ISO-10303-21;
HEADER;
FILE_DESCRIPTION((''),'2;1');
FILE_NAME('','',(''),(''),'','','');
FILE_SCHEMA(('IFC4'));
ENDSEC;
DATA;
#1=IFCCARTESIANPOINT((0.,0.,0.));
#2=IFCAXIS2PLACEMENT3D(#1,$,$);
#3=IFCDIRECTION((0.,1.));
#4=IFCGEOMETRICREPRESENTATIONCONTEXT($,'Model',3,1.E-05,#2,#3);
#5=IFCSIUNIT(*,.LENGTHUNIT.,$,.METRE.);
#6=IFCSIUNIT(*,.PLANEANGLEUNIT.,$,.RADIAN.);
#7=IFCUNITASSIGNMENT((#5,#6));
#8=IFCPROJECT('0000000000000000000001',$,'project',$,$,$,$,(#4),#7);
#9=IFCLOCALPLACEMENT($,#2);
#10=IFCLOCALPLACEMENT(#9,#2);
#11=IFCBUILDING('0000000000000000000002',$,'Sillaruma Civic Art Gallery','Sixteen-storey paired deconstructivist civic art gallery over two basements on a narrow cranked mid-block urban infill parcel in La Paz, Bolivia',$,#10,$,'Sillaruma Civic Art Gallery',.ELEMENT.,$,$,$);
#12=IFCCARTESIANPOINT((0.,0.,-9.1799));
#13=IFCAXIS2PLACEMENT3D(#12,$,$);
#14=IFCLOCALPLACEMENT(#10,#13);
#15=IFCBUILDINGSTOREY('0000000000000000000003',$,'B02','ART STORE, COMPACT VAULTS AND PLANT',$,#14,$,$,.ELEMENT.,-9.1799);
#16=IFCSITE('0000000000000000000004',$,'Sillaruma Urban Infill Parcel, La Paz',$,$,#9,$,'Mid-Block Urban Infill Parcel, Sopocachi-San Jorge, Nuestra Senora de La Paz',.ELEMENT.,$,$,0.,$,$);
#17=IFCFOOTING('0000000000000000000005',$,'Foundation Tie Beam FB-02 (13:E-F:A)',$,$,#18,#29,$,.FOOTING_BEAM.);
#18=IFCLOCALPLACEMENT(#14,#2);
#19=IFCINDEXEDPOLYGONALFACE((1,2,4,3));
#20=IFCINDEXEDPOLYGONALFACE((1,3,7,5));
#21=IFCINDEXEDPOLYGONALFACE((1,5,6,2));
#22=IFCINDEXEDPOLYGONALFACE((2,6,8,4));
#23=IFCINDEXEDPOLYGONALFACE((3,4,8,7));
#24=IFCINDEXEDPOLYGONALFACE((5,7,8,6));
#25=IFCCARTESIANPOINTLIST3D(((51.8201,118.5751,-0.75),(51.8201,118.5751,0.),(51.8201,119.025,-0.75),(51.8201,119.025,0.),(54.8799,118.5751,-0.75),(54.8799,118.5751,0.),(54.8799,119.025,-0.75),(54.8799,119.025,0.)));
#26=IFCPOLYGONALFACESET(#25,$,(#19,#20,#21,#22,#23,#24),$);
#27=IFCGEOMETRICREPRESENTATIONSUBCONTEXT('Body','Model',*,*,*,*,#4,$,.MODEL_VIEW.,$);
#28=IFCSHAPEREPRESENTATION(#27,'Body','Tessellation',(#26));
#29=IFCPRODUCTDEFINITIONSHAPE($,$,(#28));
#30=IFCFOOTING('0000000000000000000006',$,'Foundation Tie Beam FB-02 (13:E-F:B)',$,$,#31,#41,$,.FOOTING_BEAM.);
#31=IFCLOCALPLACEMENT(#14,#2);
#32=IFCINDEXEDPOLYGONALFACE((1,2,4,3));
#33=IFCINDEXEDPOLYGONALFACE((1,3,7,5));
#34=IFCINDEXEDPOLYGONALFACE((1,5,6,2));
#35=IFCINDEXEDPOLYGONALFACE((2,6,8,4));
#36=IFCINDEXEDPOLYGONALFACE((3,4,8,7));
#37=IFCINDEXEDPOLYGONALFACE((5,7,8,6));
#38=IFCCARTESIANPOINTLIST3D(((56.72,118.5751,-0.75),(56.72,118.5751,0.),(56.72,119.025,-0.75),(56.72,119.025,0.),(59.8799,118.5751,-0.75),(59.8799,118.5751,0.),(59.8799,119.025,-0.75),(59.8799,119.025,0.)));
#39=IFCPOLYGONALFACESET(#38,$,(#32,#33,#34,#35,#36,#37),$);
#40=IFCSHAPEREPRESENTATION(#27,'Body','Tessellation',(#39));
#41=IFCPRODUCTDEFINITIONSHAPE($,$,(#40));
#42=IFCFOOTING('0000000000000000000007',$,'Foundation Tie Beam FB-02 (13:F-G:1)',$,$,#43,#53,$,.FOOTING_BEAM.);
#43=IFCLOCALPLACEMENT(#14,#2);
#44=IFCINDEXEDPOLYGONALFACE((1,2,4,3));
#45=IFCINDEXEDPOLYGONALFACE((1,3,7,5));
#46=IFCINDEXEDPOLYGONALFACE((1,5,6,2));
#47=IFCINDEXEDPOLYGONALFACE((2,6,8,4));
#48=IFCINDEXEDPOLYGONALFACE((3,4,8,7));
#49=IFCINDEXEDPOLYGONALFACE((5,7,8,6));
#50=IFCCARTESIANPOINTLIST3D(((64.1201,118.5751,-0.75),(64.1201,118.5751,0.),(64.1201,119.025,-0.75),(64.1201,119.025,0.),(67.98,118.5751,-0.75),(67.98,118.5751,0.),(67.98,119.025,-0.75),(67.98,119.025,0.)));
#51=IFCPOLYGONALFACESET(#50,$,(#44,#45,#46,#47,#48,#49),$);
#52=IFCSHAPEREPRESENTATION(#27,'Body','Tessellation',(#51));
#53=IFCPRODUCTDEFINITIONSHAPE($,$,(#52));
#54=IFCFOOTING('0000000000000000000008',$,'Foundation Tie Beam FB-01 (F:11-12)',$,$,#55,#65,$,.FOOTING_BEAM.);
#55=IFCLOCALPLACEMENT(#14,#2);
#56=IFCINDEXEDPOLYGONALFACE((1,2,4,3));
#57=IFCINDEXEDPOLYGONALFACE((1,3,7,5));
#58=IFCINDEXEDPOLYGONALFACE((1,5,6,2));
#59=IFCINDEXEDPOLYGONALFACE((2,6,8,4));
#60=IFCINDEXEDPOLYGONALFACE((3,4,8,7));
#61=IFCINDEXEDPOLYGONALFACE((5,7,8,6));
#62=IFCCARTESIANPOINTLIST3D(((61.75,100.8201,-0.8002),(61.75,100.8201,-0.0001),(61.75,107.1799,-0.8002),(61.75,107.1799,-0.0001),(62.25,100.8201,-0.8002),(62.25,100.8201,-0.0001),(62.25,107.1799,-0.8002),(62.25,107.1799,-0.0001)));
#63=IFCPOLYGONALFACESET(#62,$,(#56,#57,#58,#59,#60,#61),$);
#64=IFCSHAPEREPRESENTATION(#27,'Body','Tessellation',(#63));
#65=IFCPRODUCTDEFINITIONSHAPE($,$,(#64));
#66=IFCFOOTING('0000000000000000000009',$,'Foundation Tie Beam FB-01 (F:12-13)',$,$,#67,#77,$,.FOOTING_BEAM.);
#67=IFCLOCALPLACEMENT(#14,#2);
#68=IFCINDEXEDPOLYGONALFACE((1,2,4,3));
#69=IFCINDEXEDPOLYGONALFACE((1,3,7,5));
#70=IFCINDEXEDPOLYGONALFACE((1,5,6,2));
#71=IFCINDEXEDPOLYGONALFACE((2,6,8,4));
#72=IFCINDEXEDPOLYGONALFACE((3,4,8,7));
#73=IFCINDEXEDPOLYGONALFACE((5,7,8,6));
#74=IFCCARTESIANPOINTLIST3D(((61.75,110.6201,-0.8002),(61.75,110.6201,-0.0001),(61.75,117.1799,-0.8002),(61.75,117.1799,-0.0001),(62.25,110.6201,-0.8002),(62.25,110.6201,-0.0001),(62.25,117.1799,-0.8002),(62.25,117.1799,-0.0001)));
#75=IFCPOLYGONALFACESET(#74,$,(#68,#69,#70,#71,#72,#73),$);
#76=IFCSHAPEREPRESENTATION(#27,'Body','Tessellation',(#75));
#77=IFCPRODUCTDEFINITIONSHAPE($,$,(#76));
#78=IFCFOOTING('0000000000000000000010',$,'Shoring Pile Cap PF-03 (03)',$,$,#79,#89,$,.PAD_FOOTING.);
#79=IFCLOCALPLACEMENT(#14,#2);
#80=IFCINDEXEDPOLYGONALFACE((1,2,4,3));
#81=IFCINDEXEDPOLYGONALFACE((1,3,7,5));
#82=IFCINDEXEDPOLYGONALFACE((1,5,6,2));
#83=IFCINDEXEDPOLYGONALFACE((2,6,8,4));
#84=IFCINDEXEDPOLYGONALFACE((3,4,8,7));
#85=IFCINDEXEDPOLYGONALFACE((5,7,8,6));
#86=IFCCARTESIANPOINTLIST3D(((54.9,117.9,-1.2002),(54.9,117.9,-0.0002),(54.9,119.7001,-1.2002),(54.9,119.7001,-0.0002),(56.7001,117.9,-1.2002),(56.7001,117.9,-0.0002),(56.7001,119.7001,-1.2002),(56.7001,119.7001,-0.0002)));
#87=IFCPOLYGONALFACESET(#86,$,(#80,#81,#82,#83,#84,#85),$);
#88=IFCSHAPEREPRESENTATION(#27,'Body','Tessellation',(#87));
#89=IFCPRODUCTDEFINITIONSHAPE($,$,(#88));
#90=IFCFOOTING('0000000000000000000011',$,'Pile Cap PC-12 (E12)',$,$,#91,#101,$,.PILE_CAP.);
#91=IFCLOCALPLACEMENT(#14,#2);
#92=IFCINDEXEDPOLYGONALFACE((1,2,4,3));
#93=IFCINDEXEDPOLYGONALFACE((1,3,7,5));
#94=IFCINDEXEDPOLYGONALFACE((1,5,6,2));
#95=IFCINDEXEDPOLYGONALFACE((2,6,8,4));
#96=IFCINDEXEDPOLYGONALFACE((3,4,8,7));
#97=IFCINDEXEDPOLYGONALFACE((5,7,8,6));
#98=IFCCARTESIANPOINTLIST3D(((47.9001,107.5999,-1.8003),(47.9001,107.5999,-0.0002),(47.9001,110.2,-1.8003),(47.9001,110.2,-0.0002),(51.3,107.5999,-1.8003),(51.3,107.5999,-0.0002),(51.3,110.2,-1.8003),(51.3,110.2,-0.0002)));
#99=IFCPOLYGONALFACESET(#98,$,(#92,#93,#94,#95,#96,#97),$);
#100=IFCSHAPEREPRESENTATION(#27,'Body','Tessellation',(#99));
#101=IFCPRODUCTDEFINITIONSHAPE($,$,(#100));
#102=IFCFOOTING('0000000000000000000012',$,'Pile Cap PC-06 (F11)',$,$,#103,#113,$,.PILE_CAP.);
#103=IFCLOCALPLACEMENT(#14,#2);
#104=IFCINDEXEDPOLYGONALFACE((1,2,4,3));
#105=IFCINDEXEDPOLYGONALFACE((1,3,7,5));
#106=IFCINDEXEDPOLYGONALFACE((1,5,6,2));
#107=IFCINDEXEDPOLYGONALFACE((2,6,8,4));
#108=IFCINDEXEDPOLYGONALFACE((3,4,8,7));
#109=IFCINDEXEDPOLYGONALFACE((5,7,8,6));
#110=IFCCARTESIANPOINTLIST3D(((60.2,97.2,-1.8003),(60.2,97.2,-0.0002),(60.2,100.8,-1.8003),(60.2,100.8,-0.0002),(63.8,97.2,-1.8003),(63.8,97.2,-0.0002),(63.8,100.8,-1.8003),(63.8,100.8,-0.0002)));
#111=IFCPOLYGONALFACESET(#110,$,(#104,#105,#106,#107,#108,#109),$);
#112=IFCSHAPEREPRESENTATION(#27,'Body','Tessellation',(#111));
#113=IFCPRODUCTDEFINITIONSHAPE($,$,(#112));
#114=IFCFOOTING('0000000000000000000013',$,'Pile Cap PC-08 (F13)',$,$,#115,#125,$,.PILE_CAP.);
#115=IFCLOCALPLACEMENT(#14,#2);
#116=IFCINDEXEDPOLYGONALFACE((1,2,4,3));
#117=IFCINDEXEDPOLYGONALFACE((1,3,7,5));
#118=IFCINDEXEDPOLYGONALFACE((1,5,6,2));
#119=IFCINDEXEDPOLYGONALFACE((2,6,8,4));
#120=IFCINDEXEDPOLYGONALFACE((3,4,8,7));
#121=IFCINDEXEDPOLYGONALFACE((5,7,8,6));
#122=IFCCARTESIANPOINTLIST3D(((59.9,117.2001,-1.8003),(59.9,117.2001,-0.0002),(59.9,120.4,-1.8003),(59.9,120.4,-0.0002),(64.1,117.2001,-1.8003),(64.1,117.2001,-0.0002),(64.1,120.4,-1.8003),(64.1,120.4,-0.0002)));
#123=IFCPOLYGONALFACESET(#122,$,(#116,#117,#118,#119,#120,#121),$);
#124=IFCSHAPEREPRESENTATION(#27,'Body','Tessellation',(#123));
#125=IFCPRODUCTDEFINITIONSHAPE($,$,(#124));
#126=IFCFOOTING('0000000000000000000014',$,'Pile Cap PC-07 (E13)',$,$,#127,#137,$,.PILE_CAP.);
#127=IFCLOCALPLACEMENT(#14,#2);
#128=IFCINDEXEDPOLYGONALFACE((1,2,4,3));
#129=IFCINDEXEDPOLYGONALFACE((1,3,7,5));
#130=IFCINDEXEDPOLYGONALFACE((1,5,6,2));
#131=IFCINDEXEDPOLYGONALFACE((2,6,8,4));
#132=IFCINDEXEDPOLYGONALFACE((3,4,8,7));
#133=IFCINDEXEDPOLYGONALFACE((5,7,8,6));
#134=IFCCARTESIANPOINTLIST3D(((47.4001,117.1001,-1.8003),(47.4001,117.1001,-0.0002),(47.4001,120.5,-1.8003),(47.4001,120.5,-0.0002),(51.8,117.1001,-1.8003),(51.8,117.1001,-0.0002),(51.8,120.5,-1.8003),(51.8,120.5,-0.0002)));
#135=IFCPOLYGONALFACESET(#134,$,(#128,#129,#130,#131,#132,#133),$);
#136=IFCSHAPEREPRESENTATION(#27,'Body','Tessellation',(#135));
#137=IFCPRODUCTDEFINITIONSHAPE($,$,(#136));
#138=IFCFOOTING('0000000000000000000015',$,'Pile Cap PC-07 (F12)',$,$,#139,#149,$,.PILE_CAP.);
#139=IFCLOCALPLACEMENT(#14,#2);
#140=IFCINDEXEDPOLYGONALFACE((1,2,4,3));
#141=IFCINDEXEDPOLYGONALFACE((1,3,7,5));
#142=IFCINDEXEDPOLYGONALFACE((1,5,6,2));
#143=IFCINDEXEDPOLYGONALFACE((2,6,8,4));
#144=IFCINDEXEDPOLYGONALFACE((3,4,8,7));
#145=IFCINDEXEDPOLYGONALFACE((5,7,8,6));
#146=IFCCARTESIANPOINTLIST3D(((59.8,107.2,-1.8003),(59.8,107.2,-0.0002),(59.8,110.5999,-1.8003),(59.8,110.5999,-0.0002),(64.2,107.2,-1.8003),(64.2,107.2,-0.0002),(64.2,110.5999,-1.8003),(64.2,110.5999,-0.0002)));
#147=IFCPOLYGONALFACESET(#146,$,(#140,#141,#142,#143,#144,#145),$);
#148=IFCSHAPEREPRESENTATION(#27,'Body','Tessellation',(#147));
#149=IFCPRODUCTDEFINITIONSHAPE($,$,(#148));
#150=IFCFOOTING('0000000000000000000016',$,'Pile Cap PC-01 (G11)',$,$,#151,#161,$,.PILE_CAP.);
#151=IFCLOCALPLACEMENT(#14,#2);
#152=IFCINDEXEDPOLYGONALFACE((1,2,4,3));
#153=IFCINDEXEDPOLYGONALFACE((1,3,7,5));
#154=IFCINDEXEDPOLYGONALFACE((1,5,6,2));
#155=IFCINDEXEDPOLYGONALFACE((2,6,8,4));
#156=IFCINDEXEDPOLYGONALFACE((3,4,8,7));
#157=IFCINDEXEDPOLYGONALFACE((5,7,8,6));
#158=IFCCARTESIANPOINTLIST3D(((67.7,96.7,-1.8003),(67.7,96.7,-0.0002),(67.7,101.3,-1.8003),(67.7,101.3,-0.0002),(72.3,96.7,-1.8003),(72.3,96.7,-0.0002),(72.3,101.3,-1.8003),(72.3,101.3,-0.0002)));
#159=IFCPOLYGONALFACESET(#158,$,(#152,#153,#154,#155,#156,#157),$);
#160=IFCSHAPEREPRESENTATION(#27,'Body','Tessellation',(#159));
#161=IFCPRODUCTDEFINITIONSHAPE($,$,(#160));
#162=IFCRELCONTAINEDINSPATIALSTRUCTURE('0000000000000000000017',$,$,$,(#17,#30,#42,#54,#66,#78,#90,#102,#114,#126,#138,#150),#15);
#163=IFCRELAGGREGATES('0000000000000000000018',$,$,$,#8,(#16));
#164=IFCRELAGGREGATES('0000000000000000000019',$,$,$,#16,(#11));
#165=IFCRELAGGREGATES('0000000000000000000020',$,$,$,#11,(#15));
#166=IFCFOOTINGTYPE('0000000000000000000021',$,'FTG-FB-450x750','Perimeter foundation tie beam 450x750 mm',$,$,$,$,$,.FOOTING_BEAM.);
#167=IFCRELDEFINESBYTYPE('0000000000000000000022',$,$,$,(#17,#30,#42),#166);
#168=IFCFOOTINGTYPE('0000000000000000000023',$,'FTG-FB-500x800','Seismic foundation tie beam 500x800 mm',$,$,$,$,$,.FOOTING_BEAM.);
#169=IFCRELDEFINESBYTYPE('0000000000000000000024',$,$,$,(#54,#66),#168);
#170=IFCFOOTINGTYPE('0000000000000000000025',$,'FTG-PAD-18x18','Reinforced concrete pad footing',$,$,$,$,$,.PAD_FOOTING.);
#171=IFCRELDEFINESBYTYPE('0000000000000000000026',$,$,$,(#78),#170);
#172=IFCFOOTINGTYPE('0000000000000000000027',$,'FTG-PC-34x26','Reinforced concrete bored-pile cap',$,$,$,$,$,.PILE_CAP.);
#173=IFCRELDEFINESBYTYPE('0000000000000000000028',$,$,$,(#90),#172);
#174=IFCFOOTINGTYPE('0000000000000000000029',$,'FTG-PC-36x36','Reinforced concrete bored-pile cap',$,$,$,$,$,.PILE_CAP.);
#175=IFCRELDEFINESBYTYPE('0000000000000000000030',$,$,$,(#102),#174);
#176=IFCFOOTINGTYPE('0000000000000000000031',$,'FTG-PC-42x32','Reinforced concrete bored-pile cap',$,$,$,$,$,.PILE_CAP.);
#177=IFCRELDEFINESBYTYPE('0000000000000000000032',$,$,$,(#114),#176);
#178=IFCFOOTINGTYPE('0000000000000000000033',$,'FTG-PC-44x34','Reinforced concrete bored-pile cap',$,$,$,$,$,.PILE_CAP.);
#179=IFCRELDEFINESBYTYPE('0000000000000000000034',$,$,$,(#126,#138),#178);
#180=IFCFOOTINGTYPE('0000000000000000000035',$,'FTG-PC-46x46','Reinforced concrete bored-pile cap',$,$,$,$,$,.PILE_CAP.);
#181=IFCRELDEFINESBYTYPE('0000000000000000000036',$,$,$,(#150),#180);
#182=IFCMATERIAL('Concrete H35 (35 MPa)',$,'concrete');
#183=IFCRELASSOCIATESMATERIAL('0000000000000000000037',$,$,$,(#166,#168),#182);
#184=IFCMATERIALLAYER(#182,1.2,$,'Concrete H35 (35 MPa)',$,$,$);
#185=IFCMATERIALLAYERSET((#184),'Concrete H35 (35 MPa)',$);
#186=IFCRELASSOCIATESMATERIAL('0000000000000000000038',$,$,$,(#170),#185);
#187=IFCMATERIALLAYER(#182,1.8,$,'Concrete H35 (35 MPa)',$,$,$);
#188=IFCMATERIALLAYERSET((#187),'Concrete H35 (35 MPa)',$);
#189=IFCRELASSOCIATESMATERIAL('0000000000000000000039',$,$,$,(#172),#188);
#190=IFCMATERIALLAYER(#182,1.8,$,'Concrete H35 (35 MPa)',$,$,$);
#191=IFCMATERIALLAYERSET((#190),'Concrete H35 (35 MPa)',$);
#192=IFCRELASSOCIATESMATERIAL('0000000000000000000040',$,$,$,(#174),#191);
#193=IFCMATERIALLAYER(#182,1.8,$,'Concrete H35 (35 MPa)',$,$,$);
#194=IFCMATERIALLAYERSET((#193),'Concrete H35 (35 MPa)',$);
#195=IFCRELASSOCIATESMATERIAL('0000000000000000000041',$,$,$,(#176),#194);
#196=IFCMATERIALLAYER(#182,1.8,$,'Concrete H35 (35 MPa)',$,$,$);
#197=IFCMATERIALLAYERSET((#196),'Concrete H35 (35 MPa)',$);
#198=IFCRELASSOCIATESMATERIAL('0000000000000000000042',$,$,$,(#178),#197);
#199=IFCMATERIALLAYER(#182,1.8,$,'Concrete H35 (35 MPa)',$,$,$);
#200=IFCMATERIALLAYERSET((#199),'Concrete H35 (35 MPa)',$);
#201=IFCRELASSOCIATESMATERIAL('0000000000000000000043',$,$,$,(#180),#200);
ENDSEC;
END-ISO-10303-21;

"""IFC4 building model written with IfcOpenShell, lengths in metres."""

from ifc_helpers import new_model, si_unit, direction, frame, origin, origin_2d, place, context, subcontext, project, spatial, rectangle, extrude, material, layer, layer_set, material_profile, profile_set, type_object, element, save


model = new_model("IFC4")

# Units and contexts
model_context = context("Model", 3, precision=1e-05, world=origin(), true_north=direction((0.0, 1.0)))
body_context = subcontext(model_context, "Body", "Model", "MODEL_VIEW")
ifc_project = project(units=[si_unit("LENGTHUNIT", "METRE"), si_unit("PLANEANGLEUNIT", "RADIAN")], contexts=[model_context])

# Site, building, storey
site_placement = place(None, origin())
site = spatial("IfcSite", under=ifc_project, at=site_placement, Name="Sillaruma Urban Infill Parcel, La Paz", LongName="Mid-Block Urban Infill Parcel, Sopocachi-San Jorge, Nuestra Senora de La Paz", CompositionType="ELEMENT", RefElevation=0.0)
building_placement = place(site_placement, origin())
building = spatial("IfcBuilding", under=site, at=building_placement, Name="Sillaruma Civic Art Gallery", Description="Sixteen-storey paired deconstructivist civic art gallery over two basements on a narrow cranked mid-block urban infill parcel in La Paz, Bolivia", LongName="Sillaruma Civic Art Gallery", CompositionType="ELEMENT")
storey_placement = place(building_placement, frame((0.0, 0.0, -9.1799)))
storey = spatial("IfcBuildingStorey", under=building, at=storey_placement, Name="B02", Description="ART STORE, COMPACT VAULTS AND PLANT", CompositionType="ELEMENT", Elevation=-9.1799)

# Footings
ifc_material_1 = material(Name="Concrete H35 (35 MPa)", Category="concrete")
ifc_material_profile_1 = material_profile(ifc_material_1, rectangle(XDim=0.45, YDim=0.75, at=origin_2d()), Name="RCB450x750")
ifc_profile_set_1 = profile_set([ifc_material_profile_1], Name="Concrete H35 (35 MPa)")
footing_type_1 = type_object("IfcFootingType", Name="FTG-FB-450x750", Description="Perimeter foundation tie beam 450x750 mm", PredefinedType="FOOTING_BEAM", material=ifc_profile_set_1)
footing_1_placement = place(storey_placement, frame((51.8201, 118.8, -0.375), z_axis=(1.0, 0.0, 0.0), x_axis=(0.0, 1.0, 0.0)))
element("IfcFooting", 1, at=footing_1_placement, inside=storey, type_object=footing_type_1, Name="Foundation Tie Beam FB-02 (13:E-F:A)", PredefinedType="FOOTING_BEAM", context=body_context, shape_type="SweptSolid", body=[
    extrude(rectangle(XDim=0.45, YDim=0.75, at=origin_2d()), origin(), (0.0, 0.0, 1.0), 3.0598),
])
footing_2_placement = place(storey_placement, frame((56.72, 118.8, -0.375), z_axis=(1.0, 0.0, 0.0), x_axis=(0.0, 1.0, 0.0)))
element("IfcFooting", 2, at=footing_2_placement, inside=storey, type_object=footing_type_1, Name="Foundation Tie Beam FB-02 (13:E-F:B)", PredefinedType="FOOTING_BEAM", context=body_context, shape_type="SweptSolid", body=[
    extrude(rectangle(XDim=0.45, YDim=0.75, at=origin_2d()), origin(), (0.0, 0.0, 1.0), 3.1599),
])
footing_3_placement = place(storey_placement, frame((64.1201, 118.8, -0.375), z_axis=(1.0, 0.0, 0.0), x_axis=(0.0, 1.0, 0.0)))
element("IfcFooting", 3, at=footing_3_placement, inside=storey, type_object=footing_type_1, Name="Foundation Tie Beam FB-02 (13:F-G:1)", PredefinedType="FOOTING_BEAM", context=body_context, shape_type="SweptSolid", body=[
    extrude(rectangle(XDim=0.45, YDim=0.75, at=origin_2d()), origin(), (0.0, 0.0, 1.0), 3.8599),
])
ifc_material_profile_2 = material_profile(ifc_material_1, rectangle(XDim=0.5, YDim=0.8, at=origin_2d()), Name="RCB500x800")
ifc_profile_set_2 = profile_set([ifc_material_profile_2], Name="Concrete H35 (35 MPa)")
footing_type_2 = type_object("IfcFootingType", Name="FTG-FB-500x800", Description="Seismic foundation tie beam 500x800 mm", PredefinedType="FOOTING_BEAM", material=ifc_profile_set_2)
footing_4_placement = place(storey_placement, frame((62.0, 100.8201, -0.4001), z_axis=(0.0, 1.0, 0.0), x_axis=(-1.0, 0.0, 0.0)))
element("IfcFooting", 4, at=footing_4_placement, inside=storey, type_object=footing_type_2, Name="Foundation Tie Beam FB-01 (F:11-12)", PredefinedType="FOOTING_BEAM", context=body_context, shape_type="SweptSolid", body=[
    extrude(rectangle(XDim=0.5, YDim=0.8, at=origin_2d()), origin(), (0.0, 0.0, 1.0), 6.3599),
])
footing_5_placement = place(storey_placement, frame((62.0, 110.6201, -0.4001), z_axis=(0.0, 1.0, 0.0), x_axis=(-1.0, 0.0, 0.0)))
element("IfcFooting", 5, at=footing_5_placement, inside=storey, type_object=footing_type_2, Name="Foundation Tie Beam FB-01 (F:12-13)", PredefinedType="FOOTING_BEAM", context=body_context, shape_type="SweptSolid", body=[
    extrude(rectangle(XDim=0.5, YDim=0.8, at=origin_2d()), origin(), (0.0, 0.0, 1.0), 6.5598),
])
ifc_layer_1 = layer(ifc_material_1, 1.2, Name="Concrete H35 (35 MPa)")
ifc_layer_set_1 = layer_set([ifc_layer_1], Name="Concrete H35 (35 MPa)")
footing_type_3 = type_object("IfcFootingType", Name="FTG-PAD-18x18", Description="Reinforced concrete pad footing", PredefinedType="PAD_FOOTING", material=ifc_layer_set_1)
footing_6_placement = place(storey_placement, frame((55.8, 118.8, -1.2002), z_axis=(0.0, 0.0, 1.0), x_axis=(1.0, 0.0, 0.0)))
element("IfcFooting", 6, at=footing_6_placement, inside=storey, type_object=footing_type_3, Name="Shoring Pile Cap PF-03 (03)", PredefinedType="PAD_FOOTING", context=body_context, shape_type="SweptSolid", body=[
    extrude(rectangle(XDim=1.8, YDim=1.8, at=origin_2d()), origin(), (0.0, 0.0, 1.0), 1.2),
])
ifc_layer_2 = layer(ifc_material_1, 1.8, Name="Concrete H35 (35 MPa)")
ifc_layer_set_2 = layer_set([ifc_layer_2], Name="Concrete H35 (35 MPa)")
footing_type_4 = type_object("IfcFootingType", Name="FTG-PC-34x26", Description="Reinforced concrete bored-pile cap", PredefinedType="PILE_CAP", material=ifc_layer_set_2)
footing_7_placement = place(storey_placement, frame((49.6001, 108.8999, -1.8003), z_axis=(0.0, 0.0, 1.0), x_axis=(1.0, 0.0, 0.0)))
element("IfcFooting", 7, at=footing_7_placement, inside=storey, type_object=footing_type_4, Name="Pile Cap PC-12 (E12)", PredefinedType="PILE_CAP", context=body_context, shape_type="SweptSolid", body=[
    extrude(rectangle(XDim=3.3999, YDim=2.6001, at=origin_2d()), origin(), (0.0, 0.0, 1.0), 1.8),
])
ifc_layer_3 = layer(ifc_material_1, 1.8, Name="Concrete H35 (35 MPa)")
ifc_layer_set_3 = layer_set([ifc_layer_3], Name="Concrete H35 (35 MPa)")
footing_type_5 = type_object("IfcFootingType", Name="FTG-PC-36x36", Description="Reinforced concrete bored-pile cap", PredefinedType="PILE_CAP", material=ifc_layer_set_3)
footing_8_placement = place(storey_placement, frame((62.0, 99.0, -1.8003), z_axis=(0.0, 0.0, 1.0), x_axis=(1.0, 0.0, 0.0)))
element("IfcFooting", 8, at=footing_8_placement, inside=storey, type_object=footing_type_5, Name="Pile Cap PC-06 (F11)", PredefinedType="PILE_CAP", context=body_context, shape_type="SweptSolid", body=[
    extrude(rectangle(XDim=3.6001, YDim=3.6001, at=origin_2d()), origin(), (0.0, 0.0, 1.0), 1.8),
])
ifc_layer_4 = layer(ifc_material_1, 1.8, Name="Concrete H35 (35 MPa)")
ifc_layer_set_4 = layer_set([ifc_layer_4], Name="Concrete H35 (35 MPa)")
footing_type_6 = type_object("IfcFootingType", Name="FTG-PC-42x32", Description="Reinforced concrete bored-pile cap", PredefinedType="PILE_CAP", material=ifc_layer_set_4)
footing_9_placement = place(storey_placement, frame((62.0, 118.8, -1.8003), z_axis=(0.0, 0.0, 1.0), x_axis=(1.0, 0.0, 0.0)))
element("IfcFooting", 9, at=footing_9_placement, inside=storey, type_object=footing_type_6, Name="Pile Cap PC-08 (F13)", PredefinedType="PILE_CAP", context=body_context, shape_type="SweptSolid", body=[
    extrude(rectangle(XDim=4.2, YDim=3.2, at=origin_2d()), origin(), (0.0, 0.0, 1.0), 1.8),
])
ifc_layer_5 = layer(ifc_material_1, 1.8, Name="Concrete H35 (35 MPa)")
ifc_layer_set_5 = layer_set([ifc_layer_5], Name="Concrete H35 (35 MPa)")
footing_type_7 = type_object("IfcFootingType", Name="FTG-PC-44x34", Description="Reinforced concrete bored-pile cap", PredefinedType="PILE_CAP", material=ifc_layer_set_5)
for number, where, z_axis, x_axis, name in (
    (10, (49.6001, 118.8, -1.8003), (0.0, 0.0, 1.0), (1.0, 0.0, 0.0), "Pile Cap PC-07 (E13)"),
    (11, (62.0, 108.8999, -1.8003), (0.0, 0.0, 1.0), (1.0, 0.0, 0.0), "Pile Cap PC-07 (F12)"),
):
    element("IfcFooting", number, at=place(storey_placement, frame(where, z_axis=z_axis, x_axis=x_axis)), inside=storey, type_object=footing_type_7, Name=name, PredefinedType="PILE_CAP", context=body_context, shape_type="SweptSolid", body=[
        extrude(rectangle(XDim=4.3999, YDim=3.3999, at=origin_2d()), origin(), (0.0, 0.0, 1.0), 1.8),
    ])
ifc_layer_6 = layer(ifc_material_1, 1.8, Name="Concrete H35 (35 MPa)")
ifc_layer_set_6 = layer_set([ifc_layer_6], Name="Concrete H35 (35 MPa)")
footing_type_8 = type_object("IfcFootingType", Name="FTG-PC-46x46", Description="Reinforced concrete bored-pile cap", PredefinedType="PILE_CAP", material=ifc_layer_set_6)
footing_10_placement = place(storey_placement, frame((70.0, 99.0, -1.8003), z_axis=(0.0, 0.0, 1.0), x_axis=(1.0, 0.0, 0.0)))
element("IfcFooting", 12, at=footing_10_placement, inside=storey, type_object=footing_type_8, Name="Pile Cap PC-01 (G11)", PredefinedType="PILE_CAP", context=body_context, shape_type="SweptSolid", body=[
    extrude(rectangle(XDim=4.6001, YDim=4.6001, at=origin_2d()), origin(), (0.0, 0.0, 1.0), 1.8),
])

save(model, "model.ifc")
